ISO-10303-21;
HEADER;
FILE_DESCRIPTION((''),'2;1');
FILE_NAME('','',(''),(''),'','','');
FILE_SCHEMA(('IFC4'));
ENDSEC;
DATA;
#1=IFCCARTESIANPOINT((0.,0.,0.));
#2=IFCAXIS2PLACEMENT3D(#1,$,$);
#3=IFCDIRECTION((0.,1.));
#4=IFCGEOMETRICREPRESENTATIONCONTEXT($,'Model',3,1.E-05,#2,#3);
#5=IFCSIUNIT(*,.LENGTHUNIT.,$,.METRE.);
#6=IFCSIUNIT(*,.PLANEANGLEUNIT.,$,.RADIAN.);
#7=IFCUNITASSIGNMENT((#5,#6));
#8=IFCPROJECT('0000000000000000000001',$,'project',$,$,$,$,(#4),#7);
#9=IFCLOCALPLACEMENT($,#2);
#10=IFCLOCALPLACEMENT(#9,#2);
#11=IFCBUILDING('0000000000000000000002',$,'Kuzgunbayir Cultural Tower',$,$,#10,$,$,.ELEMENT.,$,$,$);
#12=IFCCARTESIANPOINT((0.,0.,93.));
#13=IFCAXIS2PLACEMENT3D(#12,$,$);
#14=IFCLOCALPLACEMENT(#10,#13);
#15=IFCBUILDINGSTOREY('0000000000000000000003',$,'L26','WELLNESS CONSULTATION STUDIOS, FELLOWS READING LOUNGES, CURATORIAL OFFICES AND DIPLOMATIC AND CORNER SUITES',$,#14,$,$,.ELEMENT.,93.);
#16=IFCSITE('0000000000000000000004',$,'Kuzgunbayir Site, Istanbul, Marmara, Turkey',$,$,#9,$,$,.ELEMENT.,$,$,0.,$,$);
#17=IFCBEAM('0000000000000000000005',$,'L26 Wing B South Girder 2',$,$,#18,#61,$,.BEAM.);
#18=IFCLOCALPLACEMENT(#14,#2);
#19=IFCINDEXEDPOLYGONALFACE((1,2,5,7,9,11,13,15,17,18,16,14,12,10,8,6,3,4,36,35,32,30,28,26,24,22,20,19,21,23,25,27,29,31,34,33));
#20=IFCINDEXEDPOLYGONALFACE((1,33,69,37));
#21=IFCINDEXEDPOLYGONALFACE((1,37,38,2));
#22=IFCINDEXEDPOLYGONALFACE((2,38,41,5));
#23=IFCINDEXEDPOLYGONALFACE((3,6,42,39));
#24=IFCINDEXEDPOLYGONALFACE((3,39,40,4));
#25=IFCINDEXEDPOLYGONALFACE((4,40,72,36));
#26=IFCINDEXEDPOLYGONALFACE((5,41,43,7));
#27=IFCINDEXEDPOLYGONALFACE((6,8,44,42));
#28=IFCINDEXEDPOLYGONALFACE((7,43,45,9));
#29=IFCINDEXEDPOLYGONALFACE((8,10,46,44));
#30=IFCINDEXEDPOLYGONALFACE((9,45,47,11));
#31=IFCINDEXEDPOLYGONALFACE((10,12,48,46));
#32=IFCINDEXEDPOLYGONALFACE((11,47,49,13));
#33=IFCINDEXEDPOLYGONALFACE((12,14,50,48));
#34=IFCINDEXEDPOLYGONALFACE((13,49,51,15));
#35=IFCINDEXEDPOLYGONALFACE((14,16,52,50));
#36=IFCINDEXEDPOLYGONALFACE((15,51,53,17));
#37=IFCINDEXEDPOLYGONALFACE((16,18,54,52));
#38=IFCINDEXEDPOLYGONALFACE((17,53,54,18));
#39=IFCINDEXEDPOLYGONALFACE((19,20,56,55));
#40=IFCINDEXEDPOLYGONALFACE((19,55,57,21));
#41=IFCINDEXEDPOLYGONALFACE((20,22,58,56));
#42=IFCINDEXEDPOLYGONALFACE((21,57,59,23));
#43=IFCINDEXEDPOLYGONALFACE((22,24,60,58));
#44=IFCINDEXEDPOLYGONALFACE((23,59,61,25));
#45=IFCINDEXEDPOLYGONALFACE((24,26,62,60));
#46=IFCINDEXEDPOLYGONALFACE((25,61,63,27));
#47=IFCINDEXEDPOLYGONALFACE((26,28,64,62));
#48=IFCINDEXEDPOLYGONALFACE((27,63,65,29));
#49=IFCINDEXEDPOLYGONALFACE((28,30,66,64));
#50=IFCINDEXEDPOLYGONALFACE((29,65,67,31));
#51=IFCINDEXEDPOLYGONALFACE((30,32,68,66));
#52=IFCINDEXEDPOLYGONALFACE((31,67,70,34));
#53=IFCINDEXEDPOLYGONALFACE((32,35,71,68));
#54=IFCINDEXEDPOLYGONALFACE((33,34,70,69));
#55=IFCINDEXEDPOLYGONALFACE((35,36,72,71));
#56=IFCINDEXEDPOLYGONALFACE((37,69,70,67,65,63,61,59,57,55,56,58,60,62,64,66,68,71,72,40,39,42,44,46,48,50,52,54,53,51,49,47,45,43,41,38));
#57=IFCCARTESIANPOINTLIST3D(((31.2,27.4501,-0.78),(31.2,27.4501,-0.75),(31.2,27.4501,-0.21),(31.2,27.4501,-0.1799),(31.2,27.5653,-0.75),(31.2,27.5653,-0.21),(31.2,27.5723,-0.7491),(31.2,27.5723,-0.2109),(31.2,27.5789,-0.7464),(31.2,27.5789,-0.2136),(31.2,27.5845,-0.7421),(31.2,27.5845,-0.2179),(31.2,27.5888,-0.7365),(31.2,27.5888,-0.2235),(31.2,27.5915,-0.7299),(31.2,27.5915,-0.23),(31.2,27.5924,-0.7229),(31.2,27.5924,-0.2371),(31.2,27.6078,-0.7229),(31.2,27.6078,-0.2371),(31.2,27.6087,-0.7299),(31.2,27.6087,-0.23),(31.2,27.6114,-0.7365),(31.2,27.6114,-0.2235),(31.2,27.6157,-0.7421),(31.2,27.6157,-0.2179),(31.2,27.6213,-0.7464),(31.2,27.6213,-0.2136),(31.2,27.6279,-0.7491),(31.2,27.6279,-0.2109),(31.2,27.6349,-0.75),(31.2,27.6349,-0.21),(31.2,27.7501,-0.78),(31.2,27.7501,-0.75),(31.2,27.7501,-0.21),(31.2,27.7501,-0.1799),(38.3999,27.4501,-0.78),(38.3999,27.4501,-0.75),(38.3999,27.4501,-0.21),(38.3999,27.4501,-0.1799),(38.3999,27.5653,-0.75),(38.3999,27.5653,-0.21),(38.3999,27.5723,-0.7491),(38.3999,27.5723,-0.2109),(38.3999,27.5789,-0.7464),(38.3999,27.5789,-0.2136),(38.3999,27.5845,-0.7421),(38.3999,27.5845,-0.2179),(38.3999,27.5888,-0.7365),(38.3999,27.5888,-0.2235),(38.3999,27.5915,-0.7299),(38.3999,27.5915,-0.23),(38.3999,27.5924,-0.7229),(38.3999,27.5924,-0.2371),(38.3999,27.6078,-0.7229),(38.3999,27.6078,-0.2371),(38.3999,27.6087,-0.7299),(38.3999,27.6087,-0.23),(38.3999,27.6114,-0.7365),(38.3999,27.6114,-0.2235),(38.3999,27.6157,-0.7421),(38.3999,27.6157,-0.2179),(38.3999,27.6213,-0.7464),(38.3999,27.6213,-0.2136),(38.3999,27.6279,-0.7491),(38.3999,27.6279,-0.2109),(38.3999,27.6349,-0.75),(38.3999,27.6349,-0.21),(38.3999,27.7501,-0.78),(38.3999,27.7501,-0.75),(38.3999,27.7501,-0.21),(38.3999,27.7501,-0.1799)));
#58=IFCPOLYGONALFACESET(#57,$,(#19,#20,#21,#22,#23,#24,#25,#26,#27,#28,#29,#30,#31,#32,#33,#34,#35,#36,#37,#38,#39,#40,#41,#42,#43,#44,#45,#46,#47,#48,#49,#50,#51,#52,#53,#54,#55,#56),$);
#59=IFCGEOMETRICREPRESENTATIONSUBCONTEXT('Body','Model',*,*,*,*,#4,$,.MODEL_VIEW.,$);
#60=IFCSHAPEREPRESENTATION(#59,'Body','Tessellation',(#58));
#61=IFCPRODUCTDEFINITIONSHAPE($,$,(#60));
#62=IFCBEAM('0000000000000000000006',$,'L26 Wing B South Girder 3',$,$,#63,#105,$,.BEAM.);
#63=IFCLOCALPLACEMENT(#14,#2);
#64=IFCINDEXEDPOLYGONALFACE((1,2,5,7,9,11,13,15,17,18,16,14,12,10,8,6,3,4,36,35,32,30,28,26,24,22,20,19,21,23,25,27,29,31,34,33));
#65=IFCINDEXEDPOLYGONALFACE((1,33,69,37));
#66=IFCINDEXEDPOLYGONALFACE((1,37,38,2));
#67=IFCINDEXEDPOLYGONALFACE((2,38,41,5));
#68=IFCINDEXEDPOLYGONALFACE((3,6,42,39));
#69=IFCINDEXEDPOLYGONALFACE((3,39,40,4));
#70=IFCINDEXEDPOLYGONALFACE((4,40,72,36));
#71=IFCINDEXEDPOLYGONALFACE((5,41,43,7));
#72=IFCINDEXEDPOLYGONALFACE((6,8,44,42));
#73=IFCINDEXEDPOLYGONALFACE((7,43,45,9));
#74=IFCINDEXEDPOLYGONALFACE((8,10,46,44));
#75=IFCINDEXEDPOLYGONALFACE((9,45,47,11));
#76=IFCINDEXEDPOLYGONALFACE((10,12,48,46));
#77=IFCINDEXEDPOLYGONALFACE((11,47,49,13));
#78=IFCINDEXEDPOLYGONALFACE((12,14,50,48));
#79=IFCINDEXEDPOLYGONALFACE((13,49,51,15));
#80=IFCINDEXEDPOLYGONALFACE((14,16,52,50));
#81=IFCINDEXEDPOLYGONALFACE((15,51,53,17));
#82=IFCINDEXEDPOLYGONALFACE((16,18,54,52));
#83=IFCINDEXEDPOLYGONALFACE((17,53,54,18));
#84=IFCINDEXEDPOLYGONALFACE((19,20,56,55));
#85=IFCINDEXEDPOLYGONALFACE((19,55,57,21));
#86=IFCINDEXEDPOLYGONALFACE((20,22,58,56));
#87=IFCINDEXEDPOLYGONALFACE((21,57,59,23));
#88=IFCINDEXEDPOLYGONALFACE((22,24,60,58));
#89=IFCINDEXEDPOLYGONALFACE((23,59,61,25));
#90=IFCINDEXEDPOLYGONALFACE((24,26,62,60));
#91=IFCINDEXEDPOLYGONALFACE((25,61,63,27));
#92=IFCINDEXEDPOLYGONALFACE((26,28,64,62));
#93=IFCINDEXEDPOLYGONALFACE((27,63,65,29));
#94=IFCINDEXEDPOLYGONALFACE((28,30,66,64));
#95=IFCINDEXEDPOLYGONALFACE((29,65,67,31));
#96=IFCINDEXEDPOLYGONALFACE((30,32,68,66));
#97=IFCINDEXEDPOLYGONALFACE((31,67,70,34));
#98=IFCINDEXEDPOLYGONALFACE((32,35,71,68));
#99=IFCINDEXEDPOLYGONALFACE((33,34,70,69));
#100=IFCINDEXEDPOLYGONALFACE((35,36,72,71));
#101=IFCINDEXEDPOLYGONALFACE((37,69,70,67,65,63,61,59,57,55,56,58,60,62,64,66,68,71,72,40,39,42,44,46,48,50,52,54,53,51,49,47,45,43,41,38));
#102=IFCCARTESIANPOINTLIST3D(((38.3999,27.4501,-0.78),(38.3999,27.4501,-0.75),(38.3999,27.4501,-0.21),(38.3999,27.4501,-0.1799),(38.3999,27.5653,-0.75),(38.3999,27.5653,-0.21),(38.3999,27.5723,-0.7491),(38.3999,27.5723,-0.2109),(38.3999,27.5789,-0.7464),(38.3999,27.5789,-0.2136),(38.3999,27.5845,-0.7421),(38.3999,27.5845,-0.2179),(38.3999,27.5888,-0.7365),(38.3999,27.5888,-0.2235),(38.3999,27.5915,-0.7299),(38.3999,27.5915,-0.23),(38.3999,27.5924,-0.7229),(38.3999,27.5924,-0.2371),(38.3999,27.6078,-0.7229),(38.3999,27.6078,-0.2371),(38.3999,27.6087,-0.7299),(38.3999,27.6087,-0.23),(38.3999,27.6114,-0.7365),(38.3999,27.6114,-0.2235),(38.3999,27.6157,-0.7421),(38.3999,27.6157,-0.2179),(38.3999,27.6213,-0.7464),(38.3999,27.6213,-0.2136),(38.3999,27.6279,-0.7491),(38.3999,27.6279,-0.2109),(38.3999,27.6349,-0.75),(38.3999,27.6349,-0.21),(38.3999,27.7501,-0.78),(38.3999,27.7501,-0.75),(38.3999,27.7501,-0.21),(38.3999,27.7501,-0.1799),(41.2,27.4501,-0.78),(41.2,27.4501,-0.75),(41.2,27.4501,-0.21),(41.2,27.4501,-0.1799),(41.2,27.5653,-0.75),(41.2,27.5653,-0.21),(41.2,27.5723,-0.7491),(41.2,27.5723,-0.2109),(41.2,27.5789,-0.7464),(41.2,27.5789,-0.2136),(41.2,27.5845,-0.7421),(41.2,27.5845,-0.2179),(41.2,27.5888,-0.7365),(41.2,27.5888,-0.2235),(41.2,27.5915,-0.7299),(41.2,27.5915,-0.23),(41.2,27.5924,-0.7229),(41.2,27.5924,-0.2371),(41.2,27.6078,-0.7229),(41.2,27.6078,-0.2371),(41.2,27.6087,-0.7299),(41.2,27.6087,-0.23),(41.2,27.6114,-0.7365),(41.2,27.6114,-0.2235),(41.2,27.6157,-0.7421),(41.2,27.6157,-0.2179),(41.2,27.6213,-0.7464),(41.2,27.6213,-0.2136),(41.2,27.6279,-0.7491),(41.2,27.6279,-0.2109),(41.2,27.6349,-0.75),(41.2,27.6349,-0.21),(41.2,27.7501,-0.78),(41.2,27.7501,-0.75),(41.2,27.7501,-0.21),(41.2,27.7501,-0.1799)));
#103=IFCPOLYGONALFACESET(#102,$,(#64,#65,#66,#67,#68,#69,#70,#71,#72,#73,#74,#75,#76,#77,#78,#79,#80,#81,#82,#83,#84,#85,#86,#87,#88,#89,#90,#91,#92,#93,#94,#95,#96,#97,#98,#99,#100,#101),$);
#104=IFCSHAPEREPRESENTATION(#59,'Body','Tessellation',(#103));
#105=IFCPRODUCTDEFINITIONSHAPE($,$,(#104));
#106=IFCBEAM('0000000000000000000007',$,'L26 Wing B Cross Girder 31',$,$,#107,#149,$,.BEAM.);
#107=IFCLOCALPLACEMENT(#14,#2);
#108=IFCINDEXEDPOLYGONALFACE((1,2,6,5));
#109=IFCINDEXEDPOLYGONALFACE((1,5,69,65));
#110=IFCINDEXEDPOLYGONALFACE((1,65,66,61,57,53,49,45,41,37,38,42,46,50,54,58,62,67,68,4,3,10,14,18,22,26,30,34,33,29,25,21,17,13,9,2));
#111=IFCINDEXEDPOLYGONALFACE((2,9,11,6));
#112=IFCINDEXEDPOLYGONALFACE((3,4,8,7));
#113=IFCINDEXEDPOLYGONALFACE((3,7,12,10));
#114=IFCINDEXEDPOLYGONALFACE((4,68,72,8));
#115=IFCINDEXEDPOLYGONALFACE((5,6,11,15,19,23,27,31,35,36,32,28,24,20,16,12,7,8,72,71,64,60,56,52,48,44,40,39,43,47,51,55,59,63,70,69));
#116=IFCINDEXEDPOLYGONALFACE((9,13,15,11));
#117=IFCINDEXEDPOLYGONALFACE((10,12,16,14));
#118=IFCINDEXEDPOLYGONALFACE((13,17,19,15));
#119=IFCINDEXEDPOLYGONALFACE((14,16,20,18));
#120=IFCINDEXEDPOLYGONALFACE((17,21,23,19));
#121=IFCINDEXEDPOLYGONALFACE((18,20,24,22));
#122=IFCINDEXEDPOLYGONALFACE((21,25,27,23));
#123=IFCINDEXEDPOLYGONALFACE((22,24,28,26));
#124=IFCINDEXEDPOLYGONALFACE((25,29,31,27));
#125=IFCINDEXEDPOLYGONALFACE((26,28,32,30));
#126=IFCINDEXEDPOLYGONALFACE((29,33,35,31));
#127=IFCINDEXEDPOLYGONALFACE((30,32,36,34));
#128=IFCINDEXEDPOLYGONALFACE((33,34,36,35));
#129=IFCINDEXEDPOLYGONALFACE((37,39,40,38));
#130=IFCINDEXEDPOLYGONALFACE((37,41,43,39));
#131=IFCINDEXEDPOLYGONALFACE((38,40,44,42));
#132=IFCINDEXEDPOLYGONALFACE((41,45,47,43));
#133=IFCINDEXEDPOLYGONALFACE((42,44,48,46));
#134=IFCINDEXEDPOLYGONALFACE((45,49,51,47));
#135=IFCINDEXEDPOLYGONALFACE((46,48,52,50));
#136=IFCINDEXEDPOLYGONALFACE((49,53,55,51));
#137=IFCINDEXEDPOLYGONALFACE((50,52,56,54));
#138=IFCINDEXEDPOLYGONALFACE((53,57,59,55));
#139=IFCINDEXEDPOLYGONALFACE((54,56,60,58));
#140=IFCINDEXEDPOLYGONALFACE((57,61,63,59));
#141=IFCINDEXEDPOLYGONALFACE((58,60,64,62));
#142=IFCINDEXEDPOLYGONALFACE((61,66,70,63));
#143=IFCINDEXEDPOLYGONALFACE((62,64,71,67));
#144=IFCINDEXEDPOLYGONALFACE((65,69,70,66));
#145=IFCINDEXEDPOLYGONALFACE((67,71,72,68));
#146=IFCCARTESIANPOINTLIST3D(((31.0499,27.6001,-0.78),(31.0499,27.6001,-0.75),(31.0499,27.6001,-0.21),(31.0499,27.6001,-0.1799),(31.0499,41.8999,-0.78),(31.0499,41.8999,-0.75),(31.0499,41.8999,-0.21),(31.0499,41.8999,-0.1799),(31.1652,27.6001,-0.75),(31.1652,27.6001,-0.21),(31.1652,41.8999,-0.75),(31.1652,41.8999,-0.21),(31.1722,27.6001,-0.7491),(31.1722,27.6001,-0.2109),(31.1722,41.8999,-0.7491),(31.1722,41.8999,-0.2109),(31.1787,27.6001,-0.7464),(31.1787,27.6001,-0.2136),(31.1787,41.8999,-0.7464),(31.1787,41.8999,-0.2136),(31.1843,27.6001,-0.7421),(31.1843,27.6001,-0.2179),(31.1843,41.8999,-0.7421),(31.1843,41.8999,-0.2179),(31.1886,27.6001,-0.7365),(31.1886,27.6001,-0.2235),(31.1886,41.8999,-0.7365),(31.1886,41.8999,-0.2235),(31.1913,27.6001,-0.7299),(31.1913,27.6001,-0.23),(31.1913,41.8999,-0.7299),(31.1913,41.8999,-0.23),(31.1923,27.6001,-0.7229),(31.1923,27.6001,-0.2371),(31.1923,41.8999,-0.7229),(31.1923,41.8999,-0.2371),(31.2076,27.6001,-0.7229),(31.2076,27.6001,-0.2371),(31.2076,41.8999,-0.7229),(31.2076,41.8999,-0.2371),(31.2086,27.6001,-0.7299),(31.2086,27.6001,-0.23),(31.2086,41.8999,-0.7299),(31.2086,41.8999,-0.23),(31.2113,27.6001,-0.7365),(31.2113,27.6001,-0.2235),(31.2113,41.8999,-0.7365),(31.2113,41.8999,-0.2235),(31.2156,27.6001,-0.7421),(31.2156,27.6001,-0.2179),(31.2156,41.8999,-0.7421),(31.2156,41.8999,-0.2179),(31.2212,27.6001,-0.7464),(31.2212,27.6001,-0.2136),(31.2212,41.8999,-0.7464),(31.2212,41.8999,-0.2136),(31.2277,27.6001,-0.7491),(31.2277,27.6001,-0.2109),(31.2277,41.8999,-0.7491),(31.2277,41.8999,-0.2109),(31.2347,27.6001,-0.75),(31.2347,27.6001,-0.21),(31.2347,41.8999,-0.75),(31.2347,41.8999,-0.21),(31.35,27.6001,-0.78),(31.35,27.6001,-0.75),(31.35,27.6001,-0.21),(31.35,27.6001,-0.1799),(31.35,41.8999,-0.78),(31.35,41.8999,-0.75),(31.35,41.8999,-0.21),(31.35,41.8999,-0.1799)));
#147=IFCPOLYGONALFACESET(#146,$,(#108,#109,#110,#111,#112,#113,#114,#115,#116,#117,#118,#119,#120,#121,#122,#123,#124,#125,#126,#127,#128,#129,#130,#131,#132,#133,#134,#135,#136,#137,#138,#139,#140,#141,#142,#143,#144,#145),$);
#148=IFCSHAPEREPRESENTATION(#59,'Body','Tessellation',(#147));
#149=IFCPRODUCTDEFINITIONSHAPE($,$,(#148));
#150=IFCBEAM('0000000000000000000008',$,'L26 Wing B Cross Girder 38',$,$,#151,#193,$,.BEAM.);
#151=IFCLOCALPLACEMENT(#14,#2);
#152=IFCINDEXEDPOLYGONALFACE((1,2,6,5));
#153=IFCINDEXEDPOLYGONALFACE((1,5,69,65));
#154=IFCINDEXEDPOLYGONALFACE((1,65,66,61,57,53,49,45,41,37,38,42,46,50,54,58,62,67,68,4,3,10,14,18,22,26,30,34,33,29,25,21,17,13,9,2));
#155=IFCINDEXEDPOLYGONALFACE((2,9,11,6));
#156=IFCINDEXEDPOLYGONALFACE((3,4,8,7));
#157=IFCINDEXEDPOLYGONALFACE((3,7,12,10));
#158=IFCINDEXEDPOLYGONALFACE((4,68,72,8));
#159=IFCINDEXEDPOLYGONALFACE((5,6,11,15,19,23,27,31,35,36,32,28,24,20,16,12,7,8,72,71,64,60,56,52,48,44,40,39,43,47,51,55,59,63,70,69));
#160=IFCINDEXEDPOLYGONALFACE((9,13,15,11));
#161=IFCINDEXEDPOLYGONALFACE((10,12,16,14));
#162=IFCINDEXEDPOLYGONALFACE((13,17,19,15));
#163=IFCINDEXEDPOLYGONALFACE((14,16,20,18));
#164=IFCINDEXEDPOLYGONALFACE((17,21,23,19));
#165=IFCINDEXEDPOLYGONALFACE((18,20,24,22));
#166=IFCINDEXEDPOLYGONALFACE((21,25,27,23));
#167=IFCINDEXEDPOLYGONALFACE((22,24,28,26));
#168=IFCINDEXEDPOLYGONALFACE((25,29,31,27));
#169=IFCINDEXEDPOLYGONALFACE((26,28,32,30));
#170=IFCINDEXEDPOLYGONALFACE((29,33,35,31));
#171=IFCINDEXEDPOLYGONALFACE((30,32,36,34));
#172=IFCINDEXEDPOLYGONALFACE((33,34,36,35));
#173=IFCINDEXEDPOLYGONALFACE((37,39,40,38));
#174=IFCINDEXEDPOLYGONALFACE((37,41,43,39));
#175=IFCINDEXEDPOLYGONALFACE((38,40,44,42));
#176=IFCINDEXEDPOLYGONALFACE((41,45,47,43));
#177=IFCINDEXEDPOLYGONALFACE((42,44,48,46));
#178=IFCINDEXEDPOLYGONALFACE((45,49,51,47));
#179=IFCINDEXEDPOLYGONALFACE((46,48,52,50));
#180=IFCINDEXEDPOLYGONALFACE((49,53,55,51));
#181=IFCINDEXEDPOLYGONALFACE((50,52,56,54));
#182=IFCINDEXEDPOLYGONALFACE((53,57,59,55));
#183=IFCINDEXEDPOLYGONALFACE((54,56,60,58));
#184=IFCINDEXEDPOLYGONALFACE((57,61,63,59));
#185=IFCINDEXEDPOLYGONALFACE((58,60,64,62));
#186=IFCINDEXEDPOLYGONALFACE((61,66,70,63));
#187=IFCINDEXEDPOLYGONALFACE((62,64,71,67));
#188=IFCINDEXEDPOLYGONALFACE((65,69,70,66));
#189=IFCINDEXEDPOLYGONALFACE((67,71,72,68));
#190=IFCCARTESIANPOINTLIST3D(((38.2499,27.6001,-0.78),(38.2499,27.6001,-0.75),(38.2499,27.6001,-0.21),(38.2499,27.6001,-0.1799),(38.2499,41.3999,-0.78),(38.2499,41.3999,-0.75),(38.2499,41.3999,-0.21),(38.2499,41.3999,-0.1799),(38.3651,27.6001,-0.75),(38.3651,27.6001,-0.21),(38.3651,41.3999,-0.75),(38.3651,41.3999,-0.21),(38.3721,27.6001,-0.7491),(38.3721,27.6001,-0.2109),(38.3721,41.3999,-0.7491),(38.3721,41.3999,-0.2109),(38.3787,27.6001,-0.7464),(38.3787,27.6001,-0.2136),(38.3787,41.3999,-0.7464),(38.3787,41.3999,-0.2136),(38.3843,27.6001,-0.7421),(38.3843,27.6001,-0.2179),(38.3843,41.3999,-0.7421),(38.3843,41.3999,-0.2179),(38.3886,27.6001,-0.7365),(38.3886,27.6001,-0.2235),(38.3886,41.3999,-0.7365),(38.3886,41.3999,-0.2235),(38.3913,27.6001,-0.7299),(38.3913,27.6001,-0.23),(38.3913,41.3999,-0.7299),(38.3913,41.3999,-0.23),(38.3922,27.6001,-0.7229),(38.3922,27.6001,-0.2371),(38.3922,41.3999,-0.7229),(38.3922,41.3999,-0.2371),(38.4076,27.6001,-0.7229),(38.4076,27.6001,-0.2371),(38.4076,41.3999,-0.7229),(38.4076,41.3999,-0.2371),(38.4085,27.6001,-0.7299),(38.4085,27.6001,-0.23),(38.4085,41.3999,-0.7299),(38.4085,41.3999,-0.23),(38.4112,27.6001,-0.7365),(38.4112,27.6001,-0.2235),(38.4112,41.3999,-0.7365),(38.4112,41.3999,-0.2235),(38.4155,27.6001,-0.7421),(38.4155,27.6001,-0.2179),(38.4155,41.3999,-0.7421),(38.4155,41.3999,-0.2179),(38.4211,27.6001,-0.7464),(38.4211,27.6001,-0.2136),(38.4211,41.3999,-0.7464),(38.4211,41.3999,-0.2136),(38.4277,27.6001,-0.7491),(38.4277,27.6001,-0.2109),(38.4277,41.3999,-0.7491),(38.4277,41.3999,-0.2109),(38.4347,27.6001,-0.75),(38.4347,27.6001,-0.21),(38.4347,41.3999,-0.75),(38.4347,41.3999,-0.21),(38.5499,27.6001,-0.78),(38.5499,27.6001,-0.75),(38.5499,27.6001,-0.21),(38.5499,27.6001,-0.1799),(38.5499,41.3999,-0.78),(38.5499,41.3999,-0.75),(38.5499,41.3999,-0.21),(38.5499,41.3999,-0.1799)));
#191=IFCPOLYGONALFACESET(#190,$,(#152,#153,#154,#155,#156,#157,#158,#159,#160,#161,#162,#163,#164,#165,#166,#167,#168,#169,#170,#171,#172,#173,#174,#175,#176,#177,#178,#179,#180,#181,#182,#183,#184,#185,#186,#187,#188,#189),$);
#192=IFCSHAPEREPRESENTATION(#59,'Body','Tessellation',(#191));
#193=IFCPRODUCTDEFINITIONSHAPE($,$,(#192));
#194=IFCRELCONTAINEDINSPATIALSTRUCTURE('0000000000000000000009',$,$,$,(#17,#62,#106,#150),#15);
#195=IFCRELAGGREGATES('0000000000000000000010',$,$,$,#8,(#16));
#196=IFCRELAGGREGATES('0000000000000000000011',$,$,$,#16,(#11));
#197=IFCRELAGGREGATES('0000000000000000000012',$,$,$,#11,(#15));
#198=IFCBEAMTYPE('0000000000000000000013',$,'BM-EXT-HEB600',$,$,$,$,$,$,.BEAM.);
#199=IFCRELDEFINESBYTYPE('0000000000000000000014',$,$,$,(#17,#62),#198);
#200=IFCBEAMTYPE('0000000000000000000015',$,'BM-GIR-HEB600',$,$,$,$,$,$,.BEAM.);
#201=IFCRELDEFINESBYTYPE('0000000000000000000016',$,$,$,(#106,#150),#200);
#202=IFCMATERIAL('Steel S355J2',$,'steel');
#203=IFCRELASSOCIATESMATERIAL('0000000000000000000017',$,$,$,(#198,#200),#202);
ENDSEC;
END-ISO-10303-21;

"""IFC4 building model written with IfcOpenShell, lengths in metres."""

from ifc_helpers import new_model, si_unit, direction, frame, origin, origin_2d, place, context, subcontext, project, spatial, i_section, extrude, material, material_profile, profile_set, type_object, element, save


model = new_model("IFC4")

# Units and contexts
model_context = context("Model", 3, precision=1e-05, world=origin(), true_north=direction((0.0, 1.0)))
body_context = subcontext(model_context, "Body", "Model", "MODEL_VIEW")
ifc_project = project(units=[si_unit("LENGTHUNIT", "METRE"), si_unit("PLANEANGLEUNIT", "RADIAN")], contexts=[model_context])

# Site, building, storey
site_placement = place(None, origin())
site = spatial("IfcSite", under=ifc_project, at=site_placement, Name="Kuzgunbayir Site, Istanbul, Marmara, Turkey", CompositionType="ELEMENT", RefElevation=0.0)
building_placement = place(site_placement, origin())
building = spatial("IfcBuilding", under=site, at=building_placement, Name="Kuzgunbayir Cultural Tower", CompositionType="ELEMENT")
storey_placement = place(building_placement, frame((0.0, 0.0, 93.0)))
storey = spatial("IfcBuildingStorey", under=building, at=storey_placement, Name="L26", Description="WELLNESS CONSULTATION STUDIOS, FELLOWS READING LOUNGES, CURATORIAL OFFICES AND DIPLOMATIC AND CORNER SUITES", CompositionType="ELEMENT", Elevation=93.0)

# Beams
ifc_material_1 = material(Name="Steel S355J2", Category="steel")
ifc_material_profile_1 = material_profile(ifc_material_1, i_section(OverallWidth=0.3, OverallDepth=0.6001, WebThickness=0.0154, FlangeThickness=0.03, FilletRadius=0.0271, at=origin_2d()), Name="HEB 600")
ifc_profile_set_1 = profile_set([ifc_material_profile_1], Name="Steel S355J2")
beam_type_1 = type_object("IfcBeamType", Name="BM-EXT-HEB600", PredefinedType="BEAM", material=ifc_profile_set_1)
beam_1_placement = place(storey_placement, frame((31.2, 27.6001, -0.48), z_axis=(1.0, 0.0, 0.0), x_axis=(0.0, 1.0, 0.0)))
element("IfcBeam", 1, at=beam_1_placement, inside=storey, type_object=beam_type_1, Name="L26 Wing B South Girder 2", PredefinedType="BEAM", context=body_context, shape_type="SweptSolid", body=[
    extrude(i_section(OverallWidth=0.3, OverallDepth=0.6001, WebThickness=0.0154, FlangeThickness=0.03, FilletRadius=0.0271, at=origin_2d()), origin(), (0.0, 0.0, 1.0), 7.2),
])
beam_2_placement = place(storey_placement, frame((38.3999, 27.6001, -0.48), z_axis=(1.0, 0.0, 0.0), x_axis=(0.0, 1.0, 0.0)))
element("IfcBeam", 2, at=beam_2_placement, inside=storey, type_object=beam_type_1, Name="L26 Wing B South Girder 3", PredefinedType="BEAM", context=body_context, shape_type="SweptSolid", body=[
    extrude(i_section(OverallWidth=0.3, OverallDepth=0.6001, WebThickness=0.0154, FlangeThickness=0.03, FilletRadius=0.0271, at=origin_2d()), origin(), (0.0, 0.0, 1.0), 2.8),
])
ifc_material_profile_2 = material_profile(ifc_material_1, i_section(OverallWidth=0.3, OverallDepth=0.6001, WebThickness=0.0154, FlangeThickness=0.03, FilletRadius=0.0271, at=origin_2d()), Name="HEB 600")
ifc_profile_set_2 = profile_set([ifc_material_profile_2], Name="Steel S355J2")
beam_type_2 = type_object("IfcBeamType", Name="BM-GIR-HEB600", PredefinedType="BEAM", material=ifc_profile_set_2)
beam_3_placement = place(storey_placement, frame((31.2, 27.6001, -0.48), z_axis=(0.0, 1.0, 0.0), x_axis=(-1.0, 0.0, 0.0)))
element("IfcBeam", 3, at=beam_3_placement, inside=storey, type_object=beam_type_2, Name="L26 Wing B Cross Girder 31", PredefinedType="BEAM", context=body_context, shape_type="SweptSolid", body=[
    extrude(i_section(OverallWidth=0.3, OverallDepth=0.6001, WebThickness=0.0154, FlangeThickness=0.03, FilletRadius=0.0271, at=origin_2d()), origin(), (0.0, 0.0, 1.0), 14.2998),
])
beam_4_placement = place(storey_placement, frame((38.3999, 27.6001, -0.48), z_axis=(0.0, 1.0, 0.0), x_axis=(-1.0, 0.0, 0.0)))
element("IfcBeam", 4, at=beam_4_placement, inside=storey, type_object=beam_type_2, Name="L26 Wing B Cross Girder 38", PredefinedType="BEAM", context=body_context, shape_type="SweptSolid", body=[
    extrude(i_section(OverallWidth=0.3, OverallDepth=0.6001, WebThickness=0.0154, FlangeThickness=0.03, FilletRadius=0.0271, at=origin_2d()), origin(), (0.0, 0.0, 1.0), 13.7998),
])

save(model, "model.ifc")
